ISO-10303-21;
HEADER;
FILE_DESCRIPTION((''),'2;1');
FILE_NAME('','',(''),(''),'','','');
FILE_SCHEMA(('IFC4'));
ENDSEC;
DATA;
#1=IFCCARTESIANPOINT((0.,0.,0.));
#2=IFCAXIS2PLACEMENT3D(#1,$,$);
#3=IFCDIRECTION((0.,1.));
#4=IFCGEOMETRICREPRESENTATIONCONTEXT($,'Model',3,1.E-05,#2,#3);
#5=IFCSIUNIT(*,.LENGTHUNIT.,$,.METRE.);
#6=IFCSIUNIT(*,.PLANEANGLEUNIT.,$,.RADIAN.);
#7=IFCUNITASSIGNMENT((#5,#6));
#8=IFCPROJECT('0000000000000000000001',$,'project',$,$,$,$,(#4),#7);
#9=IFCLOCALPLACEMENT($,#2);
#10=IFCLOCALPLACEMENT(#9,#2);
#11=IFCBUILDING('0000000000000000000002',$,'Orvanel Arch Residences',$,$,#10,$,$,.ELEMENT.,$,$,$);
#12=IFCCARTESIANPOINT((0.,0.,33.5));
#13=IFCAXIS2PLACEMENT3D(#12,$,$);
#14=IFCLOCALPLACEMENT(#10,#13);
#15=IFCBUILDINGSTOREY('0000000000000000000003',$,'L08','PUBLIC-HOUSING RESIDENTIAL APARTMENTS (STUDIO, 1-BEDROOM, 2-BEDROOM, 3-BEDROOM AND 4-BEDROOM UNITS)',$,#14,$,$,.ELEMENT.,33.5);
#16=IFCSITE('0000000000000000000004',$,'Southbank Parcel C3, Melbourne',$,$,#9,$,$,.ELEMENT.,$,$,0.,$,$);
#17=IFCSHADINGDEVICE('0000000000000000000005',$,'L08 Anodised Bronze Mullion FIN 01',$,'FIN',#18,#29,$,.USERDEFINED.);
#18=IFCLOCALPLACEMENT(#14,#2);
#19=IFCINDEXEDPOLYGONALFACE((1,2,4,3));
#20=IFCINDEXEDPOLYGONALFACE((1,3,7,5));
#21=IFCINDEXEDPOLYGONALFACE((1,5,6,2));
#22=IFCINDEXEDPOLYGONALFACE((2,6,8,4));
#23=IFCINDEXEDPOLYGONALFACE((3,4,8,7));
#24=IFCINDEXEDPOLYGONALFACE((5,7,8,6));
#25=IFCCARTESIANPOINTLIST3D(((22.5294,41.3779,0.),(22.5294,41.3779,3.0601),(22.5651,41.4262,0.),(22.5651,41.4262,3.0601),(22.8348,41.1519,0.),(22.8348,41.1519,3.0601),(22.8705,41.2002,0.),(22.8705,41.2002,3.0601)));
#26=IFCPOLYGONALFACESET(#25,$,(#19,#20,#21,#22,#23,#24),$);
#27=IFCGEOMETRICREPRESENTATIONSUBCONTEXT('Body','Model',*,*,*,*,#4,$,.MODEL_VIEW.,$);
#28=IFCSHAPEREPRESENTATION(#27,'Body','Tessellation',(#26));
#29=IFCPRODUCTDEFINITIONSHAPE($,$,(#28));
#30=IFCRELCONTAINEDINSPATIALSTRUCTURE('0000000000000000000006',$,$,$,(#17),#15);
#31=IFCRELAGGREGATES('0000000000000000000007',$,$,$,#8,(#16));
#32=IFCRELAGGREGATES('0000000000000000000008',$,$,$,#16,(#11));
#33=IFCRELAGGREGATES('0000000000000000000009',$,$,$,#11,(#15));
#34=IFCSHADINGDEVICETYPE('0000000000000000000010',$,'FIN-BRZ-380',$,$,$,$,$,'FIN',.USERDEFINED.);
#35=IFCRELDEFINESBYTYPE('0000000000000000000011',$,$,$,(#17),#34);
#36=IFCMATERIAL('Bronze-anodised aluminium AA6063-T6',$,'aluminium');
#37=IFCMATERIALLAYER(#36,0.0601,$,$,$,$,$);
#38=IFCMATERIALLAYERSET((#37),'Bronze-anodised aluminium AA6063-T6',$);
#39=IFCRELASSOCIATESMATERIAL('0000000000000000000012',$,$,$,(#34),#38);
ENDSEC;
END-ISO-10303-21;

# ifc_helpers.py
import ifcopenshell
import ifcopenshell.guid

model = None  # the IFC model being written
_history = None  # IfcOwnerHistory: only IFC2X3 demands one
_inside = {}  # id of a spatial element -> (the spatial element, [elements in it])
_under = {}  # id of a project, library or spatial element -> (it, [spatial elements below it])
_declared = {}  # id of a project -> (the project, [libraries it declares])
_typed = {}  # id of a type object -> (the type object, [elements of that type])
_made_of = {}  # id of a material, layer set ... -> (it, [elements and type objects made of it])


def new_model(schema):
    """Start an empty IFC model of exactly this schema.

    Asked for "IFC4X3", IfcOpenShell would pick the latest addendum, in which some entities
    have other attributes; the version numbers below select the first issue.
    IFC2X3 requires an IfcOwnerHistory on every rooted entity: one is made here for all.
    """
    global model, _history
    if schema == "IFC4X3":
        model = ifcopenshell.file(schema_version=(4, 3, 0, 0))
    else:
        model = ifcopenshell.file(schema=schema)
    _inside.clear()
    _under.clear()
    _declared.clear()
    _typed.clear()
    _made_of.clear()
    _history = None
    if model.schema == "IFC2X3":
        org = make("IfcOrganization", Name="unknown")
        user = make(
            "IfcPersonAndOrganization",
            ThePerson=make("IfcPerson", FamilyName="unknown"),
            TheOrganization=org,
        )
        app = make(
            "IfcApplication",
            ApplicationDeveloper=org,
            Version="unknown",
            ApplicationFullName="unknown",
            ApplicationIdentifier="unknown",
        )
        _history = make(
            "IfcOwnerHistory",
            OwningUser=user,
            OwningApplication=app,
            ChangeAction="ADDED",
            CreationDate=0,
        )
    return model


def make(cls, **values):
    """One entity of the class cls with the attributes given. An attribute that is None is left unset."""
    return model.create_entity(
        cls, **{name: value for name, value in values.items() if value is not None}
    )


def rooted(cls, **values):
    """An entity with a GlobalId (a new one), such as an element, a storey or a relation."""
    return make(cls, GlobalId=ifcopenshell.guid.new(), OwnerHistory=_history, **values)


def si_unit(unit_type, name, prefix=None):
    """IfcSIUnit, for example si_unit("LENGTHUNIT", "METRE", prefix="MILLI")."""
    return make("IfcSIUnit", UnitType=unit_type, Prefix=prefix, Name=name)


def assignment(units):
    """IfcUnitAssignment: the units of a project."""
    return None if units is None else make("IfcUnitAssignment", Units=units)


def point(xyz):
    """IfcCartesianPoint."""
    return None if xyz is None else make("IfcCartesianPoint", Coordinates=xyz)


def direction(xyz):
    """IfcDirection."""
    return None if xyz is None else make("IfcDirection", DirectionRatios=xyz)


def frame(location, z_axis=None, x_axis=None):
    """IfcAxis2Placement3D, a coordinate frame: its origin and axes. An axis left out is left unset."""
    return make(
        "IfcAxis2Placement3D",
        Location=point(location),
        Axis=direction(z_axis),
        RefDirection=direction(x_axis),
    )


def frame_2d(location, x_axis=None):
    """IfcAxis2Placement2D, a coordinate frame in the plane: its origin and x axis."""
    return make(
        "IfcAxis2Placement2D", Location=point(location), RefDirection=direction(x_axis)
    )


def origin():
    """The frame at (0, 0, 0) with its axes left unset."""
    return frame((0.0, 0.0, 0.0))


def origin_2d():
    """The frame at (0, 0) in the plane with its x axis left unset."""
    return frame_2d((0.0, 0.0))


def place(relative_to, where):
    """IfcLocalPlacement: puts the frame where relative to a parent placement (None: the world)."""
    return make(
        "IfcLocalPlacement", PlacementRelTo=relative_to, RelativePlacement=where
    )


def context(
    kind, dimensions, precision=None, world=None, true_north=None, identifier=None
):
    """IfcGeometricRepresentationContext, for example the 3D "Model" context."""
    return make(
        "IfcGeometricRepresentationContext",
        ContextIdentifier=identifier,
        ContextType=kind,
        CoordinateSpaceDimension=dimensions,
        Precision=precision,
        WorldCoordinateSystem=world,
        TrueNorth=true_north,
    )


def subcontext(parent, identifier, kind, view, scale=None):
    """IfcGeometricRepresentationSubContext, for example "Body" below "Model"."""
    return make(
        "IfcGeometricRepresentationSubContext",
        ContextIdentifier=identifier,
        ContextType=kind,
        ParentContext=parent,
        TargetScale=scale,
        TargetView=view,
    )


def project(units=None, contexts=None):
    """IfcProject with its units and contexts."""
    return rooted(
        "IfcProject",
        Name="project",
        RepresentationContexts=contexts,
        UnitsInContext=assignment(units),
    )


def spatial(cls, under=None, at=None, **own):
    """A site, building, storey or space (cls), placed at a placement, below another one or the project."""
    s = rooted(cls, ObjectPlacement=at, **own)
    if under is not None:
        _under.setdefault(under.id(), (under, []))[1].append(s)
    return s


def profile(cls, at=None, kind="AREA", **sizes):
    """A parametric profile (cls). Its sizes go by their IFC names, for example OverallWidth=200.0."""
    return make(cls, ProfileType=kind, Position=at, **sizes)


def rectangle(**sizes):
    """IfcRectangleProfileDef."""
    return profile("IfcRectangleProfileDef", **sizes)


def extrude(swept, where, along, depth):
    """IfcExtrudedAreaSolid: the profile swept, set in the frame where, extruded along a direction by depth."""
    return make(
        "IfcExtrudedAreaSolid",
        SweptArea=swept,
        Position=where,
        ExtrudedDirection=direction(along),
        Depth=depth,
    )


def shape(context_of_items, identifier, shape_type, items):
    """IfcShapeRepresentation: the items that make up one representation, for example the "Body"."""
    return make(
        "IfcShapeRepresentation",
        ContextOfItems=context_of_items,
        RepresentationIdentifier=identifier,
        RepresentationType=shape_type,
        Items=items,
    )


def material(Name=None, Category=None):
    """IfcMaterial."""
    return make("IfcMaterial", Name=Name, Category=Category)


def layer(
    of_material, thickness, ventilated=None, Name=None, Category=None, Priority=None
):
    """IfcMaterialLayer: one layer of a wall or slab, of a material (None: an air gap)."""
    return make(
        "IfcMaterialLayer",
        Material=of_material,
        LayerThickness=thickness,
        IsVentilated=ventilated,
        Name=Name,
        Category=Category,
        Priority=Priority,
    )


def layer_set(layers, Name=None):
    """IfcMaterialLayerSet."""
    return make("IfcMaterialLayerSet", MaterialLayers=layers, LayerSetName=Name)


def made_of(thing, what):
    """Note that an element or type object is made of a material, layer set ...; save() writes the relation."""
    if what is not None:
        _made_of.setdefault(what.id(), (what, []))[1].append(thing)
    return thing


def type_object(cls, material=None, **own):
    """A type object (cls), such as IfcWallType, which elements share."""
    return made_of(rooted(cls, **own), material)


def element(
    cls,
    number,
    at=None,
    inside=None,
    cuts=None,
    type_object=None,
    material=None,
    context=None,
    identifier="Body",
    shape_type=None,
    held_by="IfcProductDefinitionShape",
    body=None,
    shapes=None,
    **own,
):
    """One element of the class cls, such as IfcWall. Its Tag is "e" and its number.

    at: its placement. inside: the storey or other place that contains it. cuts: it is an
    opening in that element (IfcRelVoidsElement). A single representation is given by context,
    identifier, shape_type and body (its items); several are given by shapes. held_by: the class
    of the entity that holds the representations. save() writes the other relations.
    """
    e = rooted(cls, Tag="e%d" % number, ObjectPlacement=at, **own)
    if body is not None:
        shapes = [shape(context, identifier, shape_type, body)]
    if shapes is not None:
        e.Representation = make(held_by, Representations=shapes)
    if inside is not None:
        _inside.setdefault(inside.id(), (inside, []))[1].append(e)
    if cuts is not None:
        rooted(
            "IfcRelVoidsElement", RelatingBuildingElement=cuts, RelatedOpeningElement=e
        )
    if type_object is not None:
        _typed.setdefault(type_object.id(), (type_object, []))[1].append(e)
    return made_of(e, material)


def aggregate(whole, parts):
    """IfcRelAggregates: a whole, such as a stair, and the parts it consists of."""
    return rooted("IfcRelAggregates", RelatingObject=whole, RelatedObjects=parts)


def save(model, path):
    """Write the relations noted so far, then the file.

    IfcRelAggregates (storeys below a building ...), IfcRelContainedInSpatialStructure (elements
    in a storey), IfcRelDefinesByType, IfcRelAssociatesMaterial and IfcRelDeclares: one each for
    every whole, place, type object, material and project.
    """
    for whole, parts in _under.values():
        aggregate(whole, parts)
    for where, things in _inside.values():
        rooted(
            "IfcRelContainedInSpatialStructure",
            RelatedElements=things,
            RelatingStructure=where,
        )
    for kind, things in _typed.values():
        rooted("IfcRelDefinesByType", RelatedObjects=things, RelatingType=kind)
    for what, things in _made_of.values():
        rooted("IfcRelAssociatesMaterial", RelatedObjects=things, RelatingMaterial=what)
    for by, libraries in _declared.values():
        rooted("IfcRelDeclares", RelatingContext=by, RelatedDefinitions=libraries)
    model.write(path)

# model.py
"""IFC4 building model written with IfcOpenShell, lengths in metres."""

from ifc_helpers import new_model, si_unit, direction, frame, origin, origin_2d, place, context, subcontext, project, spatial, rectangle, extrude, material, layer, layer_set, type_object, element, save


model = new_model("IFC4")

# Units and contexts
model_context = context("Model", 3, precision=1e-05, world=origin(), true_north=direction((0.0, 1.0)))
body_context = subcontext(model_context, "Body", "Model", "MODEL_VIEW")
ifc_project = project(units=[si_unit("LENGTHUNIT", "METRE"), si_unit("PLANEANGLEUNIT", "RADIAN")], contexts=[model_context])

# Site, building, storey
site_placement = place(None, origin())
site = spatial("IfcSite", under=ifc_project, at=site_placement, Name="Southbank Parcel C3, Melbourne", CompositionType="ELEMENT", RefElevation=0.0)
building_placement = place(site_placement, origin())
building = spatial("IfcBuilding", under=site, at=building_placement, Name="Orvanel Arch Residences", CompositionType="ELEMENT")
storey_placement = place(building_placement, frame((0.0, 0.0, 33.5)))
storey = spatial("IfcBuildingStorey", under=building, at=storey_placement, Name="L08", Description="PUBLIC-HOUSING RESIDENTIAL APARTMENTS (STUDIO, 1-BEDROOM, 2-BEDROOM, 3-BEDROOM AND 4-BEDROOM UNITS)", CompositionType="ELEMENT", Elevation=33.5)

# Shared definitions
ifc_material_1 = material(Name="Bronze-anodised aluminium AA6063-T6", Category="aluminium")

# Shading device
ifc_layer_1 = layer(ifc_material_1, 0.0601)
ifc_layer_set_1 = layer_set([ifc_layer_1], Name="Bronze-anodised aluminium AA6063-T6")
shading_device_type = type_object("IfcShadingDeviceType", Name="FIN-BRZ-380", ElementType="FIN", PredefinedType="USERDEFINED", material=ifc_layer_set_1)
shading_device_placement = place(storey_placement, frame((22.7, 41.2891, 0.0), z_axis=(0.0, 0.0, 1.0), x_axis=(-0.803857, 0.594823, 0.0)))
element("IfcShadingDevice", 1, at=shading_device_placement, inside=storey, type_object=shading_device_type, Name="L08 Anodised Bronze Mullion FIN 01", ObjectType="FIN", PredefinedType="USERDEFINED", context=body_context, shape_type="SweptSolid", body=[
    extrude(rectangle(XDim=0.3799, YDim=0.0601, at=origin_2d()), origin(), (0.0, 0.0, 1.0), 3.0601),
])

save(model, "model.ifc")
